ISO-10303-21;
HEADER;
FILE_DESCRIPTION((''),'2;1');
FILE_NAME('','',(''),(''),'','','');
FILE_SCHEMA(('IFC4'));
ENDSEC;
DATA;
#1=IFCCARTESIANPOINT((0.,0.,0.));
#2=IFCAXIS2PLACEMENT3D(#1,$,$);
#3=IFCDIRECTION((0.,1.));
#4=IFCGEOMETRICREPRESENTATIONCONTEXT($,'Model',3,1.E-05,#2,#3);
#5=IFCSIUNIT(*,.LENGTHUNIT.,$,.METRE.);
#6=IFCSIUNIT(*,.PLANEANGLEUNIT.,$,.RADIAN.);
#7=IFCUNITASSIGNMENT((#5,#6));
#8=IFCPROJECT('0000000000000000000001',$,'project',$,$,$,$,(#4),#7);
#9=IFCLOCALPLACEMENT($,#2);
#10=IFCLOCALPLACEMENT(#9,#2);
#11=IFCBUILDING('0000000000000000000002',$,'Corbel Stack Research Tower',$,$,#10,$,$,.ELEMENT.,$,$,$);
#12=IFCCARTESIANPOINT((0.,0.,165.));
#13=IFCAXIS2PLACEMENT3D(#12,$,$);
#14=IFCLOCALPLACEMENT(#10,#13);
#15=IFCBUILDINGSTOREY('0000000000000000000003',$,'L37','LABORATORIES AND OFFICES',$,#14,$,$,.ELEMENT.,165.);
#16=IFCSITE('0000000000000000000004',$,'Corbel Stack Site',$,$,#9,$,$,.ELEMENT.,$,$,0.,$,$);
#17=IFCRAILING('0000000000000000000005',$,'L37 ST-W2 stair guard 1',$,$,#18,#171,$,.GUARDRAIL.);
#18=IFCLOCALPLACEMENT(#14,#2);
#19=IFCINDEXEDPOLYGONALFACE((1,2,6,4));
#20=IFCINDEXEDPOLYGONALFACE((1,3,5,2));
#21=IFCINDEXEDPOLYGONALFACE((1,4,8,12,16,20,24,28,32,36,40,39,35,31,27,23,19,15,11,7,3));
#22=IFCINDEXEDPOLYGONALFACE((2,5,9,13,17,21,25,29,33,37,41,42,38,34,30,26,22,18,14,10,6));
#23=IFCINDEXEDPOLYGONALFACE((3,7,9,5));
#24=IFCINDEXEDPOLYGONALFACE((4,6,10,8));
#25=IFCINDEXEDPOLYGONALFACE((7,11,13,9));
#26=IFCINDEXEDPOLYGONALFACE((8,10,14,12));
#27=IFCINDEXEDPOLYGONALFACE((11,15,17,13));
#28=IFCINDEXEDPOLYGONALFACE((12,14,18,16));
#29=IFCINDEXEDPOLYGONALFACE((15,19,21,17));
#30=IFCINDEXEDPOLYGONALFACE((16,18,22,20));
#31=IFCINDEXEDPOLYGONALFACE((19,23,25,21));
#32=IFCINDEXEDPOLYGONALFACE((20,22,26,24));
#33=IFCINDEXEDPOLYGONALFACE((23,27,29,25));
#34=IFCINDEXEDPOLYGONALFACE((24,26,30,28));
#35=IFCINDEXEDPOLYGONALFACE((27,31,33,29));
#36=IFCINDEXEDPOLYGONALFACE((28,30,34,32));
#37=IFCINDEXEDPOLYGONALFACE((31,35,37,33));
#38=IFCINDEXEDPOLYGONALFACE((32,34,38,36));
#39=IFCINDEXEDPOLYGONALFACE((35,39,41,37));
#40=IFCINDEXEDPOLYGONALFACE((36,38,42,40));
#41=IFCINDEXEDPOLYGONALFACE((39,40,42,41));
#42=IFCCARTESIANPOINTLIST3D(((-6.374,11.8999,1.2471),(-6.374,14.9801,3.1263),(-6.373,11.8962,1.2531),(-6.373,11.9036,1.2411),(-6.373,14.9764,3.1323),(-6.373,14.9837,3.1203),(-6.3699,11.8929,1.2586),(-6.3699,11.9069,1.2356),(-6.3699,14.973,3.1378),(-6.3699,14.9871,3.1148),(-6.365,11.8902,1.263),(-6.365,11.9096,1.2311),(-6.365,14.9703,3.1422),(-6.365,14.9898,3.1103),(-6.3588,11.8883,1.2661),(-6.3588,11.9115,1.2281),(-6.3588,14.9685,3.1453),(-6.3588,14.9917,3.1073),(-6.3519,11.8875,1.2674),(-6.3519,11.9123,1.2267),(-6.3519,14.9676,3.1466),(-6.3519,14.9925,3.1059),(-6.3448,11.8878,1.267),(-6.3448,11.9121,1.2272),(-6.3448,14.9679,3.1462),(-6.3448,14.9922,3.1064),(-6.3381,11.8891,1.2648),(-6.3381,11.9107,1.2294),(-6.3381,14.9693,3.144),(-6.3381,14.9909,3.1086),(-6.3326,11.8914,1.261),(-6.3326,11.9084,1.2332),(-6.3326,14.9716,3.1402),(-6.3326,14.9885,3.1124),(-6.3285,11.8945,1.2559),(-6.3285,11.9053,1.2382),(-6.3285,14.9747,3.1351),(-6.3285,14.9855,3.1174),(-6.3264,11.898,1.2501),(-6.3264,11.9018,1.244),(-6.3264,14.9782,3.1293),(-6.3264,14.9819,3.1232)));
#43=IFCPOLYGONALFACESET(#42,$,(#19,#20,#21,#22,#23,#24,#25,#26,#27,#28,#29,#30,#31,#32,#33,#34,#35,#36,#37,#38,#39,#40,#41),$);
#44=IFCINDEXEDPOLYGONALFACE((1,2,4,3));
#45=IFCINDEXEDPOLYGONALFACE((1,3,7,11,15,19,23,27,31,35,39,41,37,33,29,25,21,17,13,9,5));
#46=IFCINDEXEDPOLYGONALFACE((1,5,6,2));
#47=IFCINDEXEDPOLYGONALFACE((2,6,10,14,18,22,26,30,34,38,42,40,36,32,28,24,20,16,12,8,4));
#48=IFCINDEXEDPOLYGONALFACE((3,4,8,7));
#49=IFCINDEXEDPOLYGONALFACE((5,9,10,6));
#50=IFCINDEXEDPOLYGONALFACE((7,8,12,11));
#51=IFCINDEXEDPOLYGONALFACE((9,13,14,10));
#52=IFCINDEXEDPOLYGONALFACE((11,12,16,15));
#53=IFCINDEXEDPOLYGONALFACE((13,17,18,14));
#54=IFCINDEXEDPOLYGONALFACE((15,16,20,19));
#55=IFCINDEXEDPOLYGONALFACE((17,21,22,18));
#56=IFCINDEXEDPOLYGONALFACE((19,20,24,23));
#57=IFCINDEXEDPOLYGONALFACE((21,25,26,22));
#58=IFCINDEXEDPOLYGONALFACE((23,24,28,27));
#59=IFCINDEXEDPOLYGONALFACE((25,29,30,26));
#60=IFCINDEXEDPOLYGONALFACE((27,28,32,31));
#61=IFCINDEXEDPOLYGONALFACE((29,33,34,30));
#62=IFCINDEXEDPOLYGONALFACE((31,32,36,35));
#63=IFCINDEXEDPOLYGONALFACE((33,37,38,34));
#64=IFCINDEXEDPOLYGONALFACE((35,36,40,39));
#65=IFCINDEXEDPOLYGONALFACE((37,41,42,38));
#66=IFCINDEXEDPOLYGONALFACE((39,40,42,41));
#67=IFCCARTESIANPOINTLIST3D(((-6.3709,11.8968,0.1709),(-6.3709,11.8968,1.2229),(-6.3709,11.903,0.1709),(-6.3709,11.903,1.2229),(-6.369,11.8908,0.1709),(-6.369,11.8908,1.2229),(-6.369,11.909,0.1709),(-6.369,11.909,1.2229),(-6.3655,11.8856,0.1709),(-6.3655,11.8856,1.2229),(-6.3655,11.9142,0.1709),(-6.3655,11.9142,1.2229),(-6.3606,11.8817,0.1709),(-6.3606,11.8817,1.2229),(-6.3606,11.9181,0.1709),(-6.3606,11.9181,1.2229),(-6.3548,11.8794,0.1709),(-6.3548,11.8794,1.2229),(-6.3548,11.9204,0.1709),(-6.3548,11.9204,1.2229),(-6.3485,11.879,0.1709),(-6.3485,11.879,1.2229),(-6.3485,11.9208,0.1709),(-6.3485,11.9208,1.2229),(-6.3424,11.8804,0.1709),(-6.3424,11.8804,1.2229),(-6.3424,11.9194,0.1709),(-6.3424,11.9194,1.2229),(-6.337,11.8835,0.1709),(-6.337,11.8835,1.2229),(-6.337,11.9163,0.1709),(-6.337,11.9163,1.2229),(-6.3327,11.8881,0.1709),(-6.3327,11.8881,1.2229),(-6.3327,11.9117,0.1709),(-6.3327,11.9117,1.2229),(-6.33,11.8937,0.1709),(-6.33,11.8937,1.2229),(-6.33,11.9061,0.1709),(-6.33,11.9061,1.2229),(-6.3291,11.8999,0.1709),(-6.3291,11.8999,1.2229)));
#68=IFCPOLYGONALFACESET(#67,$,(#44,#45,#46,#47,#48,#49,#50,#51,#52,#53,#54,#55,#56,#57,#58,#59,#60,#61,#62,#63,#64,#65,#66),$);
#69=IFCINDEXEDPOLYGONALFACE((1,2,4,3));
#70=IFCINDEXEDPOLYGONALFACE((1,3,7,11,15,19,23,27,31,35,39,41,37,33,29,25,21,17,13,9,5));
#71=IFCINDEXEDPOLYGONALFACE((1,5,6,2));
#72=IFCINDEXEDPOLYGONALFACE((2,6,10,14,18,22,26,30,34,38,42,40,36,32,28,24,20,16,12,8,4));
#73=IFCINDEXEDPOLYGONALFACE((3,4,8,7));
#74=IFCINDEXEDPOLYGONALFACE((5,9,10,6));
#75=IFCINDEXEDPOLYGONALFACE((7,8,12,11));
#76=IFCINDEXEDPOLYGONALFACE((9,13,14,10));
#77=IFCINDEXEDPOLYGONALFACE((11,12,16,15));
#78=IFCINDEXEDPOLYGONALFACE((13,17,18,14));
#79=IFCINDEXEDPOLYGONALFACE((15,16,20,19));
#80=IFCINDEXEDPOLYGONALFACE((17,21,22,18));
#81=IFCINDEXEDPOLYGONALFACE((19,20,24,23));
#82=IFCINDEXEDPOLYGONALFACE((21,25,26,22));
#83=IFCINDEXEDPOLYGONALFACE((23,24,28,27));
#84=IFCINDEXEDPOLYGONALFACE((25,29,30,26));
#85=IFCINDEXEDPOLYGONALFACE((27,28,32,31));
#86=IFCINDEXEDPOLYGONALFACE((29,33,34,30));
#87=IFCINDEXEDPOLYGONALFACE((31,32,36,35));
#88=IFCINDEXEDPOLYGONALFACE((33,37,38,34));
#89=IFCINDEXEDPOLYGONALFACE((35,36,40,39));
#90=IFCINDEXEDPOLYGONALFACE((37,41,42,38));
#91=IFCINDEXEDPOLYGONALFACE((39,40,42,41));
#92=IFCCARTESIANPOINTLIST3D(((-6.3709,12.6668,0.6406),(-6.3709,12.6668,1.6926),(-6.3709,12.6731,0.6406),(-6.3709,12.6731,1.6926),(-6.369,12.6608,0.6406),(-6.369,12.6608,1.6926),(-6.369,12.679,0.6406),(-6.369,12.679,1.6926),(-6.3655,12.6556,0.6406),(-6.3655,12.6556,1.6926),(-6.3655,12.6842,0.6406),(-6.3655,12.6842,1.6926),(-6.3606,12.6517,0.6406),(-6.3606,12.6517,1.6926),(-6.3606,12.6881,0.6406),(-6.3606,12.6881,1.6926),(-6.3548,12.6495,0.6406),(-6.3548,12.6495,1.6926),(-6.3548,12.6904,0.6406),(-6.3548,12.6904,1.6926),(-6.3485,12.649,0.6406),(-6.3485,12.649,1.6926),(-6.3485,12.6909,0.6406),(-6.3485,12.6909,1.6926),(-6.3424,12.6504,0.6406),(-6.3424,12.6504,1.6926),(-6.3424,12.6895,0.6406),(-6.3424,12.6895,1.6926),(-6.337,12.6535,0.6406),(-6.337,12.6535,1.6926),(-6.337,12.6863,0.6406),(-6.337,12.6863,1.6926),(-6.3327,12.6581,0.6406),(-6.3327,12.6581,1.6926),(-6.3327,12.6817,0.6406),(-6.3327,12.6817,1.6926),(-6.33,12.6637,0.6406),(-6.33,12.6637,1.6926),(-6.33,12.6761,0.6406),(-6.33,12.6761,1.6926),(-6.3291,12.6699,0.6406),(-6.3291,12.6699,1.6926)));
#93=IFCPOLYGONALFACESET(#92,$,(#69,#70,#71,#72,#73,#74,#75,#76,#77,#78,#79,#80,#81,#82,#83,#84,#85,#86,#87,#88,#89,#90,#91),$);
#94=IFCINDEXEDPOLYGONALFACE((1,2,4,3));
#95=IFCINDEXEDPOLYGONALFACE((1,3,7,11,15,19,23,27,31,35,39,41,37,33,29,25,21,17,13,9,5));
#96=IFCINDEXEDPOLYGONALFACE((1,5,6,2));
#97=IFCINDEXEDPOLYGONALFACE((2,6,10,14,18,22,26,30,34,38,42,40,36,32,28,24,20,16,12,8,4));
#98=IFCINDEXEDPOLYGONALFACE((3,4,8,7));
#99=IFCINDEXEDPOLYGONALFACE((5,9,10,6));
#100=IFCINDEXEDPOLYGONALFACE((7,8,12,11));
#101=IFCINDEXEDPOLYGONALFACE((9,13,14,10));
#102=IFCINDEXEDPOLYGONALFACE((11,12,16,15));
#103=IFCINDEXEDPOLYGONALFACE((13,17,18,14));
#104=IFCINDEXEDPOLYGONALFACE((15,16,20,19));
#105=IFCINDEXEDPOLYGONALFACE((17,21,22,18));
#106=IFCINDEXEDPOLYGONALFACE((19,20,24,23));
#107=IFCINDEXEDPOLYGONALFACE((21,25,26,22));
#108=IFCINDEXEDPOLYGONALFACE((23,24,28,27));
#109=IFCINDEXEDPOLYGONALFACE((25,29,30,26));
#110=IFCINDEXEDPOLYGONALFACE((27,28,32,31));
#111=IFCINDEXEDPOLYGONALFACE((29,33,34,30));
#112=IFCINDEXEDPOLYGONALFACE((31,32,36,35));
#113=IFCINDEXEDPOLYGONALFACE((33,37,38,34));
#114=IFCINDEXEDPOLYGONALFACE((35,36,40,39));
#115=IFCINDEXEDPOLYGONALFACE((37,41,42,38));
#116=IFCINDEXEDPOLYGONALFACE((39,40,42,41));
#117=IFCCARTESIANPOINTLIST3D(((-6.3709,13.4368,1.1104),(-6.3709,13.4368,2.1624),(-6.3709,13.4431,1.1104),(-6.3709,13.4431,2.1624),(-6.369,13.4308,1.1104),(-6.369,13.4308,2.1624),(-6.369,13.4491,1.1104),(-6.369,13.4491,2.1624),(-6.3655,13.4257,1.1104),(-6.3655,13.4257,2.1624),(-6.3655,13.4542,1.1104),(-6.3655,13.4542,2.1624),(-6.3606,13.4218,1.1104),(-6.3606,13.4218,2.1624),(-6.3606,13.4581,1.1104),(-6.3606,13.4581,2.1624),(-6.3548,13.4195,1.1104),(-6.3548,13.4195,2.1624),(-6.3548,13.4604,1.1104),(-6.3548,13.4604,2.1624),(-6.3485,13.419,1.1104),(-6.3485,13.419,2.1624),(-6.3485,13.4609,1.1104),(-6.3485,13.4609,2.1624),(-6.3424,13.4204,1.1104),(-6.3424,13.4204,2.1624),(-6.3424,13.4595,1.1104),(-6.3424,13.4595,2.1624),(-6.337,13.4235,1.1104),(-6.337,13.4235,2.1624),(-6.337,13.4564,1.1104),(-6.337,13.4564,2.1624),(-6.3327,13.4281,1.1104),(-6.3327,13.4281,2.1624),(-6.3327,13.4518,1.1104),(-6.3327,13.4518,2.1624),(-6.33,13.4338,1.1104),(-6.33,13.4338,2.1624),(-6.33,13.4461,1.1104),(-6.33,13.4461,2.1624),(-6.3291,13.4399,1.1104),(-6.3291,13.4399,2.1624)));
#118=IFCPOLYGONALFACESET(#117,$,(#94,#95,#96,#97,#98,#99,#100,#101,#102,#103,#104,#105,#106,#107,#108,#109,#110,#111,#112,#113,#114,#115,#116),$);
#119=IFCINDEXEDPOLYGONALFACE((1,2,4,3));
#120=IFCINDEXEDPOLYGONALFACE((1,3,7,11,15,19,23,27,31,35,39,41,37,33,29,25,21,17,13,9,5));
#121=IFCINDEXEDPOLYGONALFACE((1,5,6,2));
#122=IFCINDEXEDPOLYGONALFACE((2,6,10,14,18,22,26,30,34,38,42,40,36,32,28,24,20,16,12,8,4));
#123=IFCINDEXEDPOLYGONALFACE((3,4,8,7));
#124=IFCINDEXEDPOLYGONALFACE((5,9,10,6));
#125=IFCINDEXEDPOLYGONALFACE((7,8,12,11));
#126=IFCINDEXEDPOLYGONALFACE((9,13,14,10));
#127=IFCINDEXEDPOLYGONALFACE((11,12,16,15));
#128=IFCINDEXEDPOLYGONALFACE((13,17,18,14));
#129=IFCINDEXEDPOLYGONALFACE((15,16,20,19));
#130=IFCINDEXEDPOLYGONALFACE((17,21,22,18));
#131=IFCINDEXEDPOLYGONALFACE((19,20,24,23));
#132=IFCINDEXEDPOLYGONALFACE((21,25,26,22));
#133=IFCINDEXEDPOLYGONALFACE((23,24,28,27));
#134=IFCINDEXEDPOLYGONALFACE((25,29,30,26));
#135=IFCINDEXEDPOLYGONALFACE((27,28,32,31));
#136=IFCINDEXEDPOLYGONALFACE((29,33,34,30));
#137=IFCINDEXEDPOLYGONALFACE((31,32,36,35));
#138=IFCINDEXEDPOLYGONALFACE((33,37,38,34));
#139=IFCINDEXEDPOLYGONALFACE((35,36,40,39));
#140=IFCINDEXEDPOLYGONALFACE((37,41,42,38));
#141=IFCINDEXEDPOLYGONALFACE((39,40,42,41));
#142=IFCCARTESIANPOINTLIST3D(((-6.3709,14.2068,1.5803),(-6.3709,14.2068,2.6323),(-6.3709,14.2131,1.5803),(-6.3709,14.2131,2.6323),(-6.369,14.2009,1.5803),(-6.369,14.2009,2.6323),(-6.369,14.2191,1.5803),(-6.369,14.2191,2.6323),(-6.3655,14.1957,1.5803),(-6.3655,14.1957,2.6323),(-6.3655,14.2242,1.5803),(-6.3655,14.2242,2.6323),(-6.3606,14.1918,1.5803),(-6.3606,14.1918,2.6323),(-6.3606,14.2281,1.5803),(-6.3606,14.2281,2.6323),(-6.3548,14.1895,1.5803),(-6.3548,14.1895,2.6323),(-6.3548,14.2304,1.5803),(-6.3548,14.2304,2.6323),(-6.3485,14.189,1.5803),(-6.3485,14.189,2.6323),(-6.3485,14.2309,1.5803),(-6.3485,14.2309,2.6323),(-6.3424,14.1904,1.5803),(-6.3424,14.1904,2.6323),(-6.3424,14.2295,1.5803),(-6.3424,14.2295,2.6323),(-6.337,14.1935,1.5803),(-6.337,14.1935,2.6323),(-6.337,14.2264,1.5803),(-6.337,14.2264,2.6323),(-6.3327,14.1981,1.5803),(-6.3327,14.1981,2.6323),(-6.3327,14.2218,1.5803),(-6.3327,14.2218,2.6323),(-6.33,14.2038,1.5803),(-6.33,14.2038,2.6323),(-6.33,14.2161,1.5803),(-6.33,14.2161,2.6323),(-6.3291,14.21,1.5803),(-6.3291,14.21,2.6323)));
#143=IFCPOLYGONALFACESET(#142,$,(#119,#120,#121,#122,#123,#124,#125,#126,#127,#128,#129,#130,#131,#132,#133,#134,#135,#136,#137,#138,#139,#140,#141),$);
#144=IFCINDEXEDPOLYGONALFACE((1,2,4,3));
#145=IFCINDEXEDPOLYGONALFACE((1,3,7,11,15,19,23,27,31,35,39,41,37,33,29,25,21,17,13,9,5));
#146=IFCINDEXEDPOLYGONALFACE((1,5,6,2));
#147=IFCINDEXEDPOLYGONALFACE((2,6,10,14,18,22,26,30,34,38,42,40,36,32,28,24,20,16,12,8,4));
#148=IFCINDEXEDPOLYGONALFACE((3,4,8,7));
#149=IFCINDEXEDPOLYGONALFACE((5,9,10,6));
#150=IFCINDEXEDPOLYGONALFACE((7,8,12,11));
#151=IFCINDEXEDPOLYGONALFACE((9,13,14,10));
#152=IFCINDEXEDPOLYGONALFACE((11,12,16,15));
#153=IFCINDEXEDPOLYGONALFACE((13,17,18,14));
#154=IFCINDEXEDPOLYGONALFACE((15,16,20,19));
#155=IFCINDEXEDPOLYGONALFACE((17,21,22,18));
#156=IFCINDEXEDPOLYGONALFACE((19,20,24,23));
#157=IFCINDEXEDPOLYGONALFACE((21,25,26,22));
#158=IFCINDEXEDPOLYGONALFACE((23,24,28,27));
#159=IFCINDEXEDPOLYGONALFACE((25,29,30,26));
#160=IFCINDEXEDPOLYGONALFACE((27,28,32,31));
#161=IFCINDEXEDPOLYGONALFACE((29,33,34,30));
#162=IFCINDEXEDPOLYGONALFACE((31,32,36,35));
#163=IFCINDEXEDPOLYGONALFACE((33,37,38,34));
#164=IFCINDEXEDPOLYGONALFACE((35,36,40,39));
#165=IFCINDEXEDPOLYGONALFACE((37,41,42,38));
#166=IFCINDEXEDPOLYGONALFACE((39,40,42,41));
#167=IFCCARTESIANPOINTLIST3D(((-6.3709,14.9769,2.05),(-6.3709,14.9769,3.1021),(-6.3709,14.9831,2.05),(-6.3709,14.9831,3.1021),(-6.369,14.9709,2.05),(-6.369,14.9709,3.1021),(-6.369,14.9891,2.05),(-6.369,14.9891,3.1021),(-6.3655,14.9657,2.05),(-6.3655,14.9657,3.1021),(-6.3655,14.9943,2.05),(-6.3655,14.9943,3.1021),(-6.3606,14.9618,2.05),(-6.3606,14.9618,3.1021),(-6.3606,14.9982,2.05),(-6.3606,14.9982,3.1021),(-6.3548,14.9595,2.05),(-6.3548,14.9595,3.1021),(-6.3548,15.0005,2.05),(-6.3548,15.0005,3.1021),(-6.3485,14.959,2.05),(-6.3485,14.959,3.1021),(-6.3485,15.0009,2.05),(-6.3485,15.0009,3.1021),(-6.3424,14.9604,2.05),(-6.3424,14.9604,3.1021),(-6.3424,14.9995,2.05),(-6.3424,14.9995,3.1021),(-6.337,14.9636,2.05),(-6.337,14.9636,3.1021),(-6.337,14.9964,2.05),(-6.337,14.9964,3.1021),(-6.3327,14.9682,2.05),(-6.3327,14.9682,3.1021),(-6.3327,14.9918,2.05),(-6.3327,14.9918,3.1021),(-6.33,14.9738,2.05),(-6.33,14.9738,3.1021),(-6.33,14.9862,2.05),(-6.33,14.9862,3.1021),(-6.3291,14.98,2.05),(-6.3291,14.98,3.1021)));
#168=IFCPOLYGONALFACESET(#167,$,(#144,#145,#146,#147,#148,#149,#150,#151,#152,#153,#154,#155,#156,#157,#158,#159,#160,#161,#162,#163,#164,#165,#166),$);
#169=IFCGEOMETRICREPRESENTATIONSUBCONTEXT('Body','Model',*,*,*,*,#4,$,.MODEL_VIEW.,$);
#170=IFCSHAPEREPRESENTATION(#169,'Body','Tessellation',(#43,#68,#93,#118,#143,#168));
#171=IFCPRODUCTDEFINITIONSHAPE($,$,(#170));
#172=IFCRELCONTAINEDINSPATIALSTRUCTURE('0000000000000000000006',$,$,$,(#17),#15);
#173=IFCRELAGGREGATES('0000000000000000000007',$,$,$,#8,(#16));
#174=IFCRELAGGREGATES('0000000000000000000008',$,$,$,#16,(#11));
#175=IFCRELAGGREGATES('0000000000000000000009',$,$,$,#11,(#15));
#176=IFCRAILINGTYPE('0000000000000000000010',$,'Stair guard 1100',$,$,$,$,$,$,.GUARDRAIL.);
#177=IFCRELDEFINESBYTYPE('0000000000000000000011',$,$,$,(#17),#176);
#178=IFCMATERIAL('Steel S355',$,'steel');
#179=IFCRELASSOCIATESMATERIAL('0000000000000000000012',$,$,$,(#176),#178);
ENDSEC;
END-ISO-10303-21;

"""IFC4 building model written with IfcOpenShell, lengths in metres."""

from ifc_helpers import new_model, si_unit, direction, frame, origin, origin_2d, place, context, subcontext, project, spatial, circle, extrude, material, type_object, element, save


model = new_model("IFC4")

# Units and contexts
model_context = context("Model", 3, precision=1e-05, world=origin(), true_north=direction((0.0, 1.0)))
body_context = subcontext(model_context, "Body", "Model", "MODEL_VIEW")
ifc_project = project(units=[si_unit("LENGTHUNIT", "METRE"), si_unit("PLANEANGLEUNIT", "RADIAN")], contexts=[model_context])

# Site, building, storey
site_placement = place(None, origin())
site = spatial("IfcSite", under=ifc_project, at=site_placement, Name="Corbel Stack Site", CompositionType="ELEMENT", RefElevation=0.0)
building_placement = place(site_placement, origin())
building = spatial("IfcBuilding", under=site, at=building_placement, Name="Corbel Stack Research Tower", CompositionType="ELEMENT")
storey_placement = place(building_placement, frame((0.0, 0.0, 165.0)))
storey = spatial("IfcBuildingStorey", under=building, at=storey_placement, Name="L37", Description="LABORATORIES AND OFFICES", CompositionType="ELEMENT", Elevation=165.0)

# Railing
ifc_material_1 = material(Name="Steel S355", Category="steel")
railing_type_1 = type_object("IfcRailingType", Name="Stair guard 1100", PredefinedType="GUARDRAIL", material=ifc_material_1)
railing_1_placement = place(storey_placement, frame((-6.3501, 11.8999, 0.1709)))
element("IfcRailing", 1, at=railing_1_placement, inside=storey, type_object=railing_type_1, Name="L37 ST-W2 stair guard 1", PredefinedType="GUARDRAIL", context=body_context, shape_type="SweptSolid", body=[
    extrude(circle(Radius=0.0239, at=origin_2d()), frame((0.0, 0.0, 1.0762), z_axis=(0.0, 0.853666, 0.52082), x_axis=(-1.0, 0.0, 0.0)), (0.0, 0.0, 1.0), 3.6082),
    extrude(circle(Radius=0.021, at=origin_2d()), origin(), (0.0, 0.0, 1.0), 1.052),
    extrude(circle(Radius=0.021, at=origin_2d()), frame((0.0, 0.77, 0.4697)), (0.0, 0.0, 1.0), 1.052),
    extrude(circle(Radius=0.021, at=origin_2d()), frame((0.0, 1.54, 0.9395)), (0.0, 0.0, 1.0), 1.052),
    extrude(circle(Radius=0.021, at=origin_2d()), frame((0.0, 2.3101, 1.4094)), (0.0, 0.0, 1.0), 1.052),
    extrude(circle(Radius=0.021, at=origin_2d()), frame((0.0, 3.0801, 1.8792)), (0.0, 0.0, 1.0), 1.052),
])

save(model, "model.ifc")
